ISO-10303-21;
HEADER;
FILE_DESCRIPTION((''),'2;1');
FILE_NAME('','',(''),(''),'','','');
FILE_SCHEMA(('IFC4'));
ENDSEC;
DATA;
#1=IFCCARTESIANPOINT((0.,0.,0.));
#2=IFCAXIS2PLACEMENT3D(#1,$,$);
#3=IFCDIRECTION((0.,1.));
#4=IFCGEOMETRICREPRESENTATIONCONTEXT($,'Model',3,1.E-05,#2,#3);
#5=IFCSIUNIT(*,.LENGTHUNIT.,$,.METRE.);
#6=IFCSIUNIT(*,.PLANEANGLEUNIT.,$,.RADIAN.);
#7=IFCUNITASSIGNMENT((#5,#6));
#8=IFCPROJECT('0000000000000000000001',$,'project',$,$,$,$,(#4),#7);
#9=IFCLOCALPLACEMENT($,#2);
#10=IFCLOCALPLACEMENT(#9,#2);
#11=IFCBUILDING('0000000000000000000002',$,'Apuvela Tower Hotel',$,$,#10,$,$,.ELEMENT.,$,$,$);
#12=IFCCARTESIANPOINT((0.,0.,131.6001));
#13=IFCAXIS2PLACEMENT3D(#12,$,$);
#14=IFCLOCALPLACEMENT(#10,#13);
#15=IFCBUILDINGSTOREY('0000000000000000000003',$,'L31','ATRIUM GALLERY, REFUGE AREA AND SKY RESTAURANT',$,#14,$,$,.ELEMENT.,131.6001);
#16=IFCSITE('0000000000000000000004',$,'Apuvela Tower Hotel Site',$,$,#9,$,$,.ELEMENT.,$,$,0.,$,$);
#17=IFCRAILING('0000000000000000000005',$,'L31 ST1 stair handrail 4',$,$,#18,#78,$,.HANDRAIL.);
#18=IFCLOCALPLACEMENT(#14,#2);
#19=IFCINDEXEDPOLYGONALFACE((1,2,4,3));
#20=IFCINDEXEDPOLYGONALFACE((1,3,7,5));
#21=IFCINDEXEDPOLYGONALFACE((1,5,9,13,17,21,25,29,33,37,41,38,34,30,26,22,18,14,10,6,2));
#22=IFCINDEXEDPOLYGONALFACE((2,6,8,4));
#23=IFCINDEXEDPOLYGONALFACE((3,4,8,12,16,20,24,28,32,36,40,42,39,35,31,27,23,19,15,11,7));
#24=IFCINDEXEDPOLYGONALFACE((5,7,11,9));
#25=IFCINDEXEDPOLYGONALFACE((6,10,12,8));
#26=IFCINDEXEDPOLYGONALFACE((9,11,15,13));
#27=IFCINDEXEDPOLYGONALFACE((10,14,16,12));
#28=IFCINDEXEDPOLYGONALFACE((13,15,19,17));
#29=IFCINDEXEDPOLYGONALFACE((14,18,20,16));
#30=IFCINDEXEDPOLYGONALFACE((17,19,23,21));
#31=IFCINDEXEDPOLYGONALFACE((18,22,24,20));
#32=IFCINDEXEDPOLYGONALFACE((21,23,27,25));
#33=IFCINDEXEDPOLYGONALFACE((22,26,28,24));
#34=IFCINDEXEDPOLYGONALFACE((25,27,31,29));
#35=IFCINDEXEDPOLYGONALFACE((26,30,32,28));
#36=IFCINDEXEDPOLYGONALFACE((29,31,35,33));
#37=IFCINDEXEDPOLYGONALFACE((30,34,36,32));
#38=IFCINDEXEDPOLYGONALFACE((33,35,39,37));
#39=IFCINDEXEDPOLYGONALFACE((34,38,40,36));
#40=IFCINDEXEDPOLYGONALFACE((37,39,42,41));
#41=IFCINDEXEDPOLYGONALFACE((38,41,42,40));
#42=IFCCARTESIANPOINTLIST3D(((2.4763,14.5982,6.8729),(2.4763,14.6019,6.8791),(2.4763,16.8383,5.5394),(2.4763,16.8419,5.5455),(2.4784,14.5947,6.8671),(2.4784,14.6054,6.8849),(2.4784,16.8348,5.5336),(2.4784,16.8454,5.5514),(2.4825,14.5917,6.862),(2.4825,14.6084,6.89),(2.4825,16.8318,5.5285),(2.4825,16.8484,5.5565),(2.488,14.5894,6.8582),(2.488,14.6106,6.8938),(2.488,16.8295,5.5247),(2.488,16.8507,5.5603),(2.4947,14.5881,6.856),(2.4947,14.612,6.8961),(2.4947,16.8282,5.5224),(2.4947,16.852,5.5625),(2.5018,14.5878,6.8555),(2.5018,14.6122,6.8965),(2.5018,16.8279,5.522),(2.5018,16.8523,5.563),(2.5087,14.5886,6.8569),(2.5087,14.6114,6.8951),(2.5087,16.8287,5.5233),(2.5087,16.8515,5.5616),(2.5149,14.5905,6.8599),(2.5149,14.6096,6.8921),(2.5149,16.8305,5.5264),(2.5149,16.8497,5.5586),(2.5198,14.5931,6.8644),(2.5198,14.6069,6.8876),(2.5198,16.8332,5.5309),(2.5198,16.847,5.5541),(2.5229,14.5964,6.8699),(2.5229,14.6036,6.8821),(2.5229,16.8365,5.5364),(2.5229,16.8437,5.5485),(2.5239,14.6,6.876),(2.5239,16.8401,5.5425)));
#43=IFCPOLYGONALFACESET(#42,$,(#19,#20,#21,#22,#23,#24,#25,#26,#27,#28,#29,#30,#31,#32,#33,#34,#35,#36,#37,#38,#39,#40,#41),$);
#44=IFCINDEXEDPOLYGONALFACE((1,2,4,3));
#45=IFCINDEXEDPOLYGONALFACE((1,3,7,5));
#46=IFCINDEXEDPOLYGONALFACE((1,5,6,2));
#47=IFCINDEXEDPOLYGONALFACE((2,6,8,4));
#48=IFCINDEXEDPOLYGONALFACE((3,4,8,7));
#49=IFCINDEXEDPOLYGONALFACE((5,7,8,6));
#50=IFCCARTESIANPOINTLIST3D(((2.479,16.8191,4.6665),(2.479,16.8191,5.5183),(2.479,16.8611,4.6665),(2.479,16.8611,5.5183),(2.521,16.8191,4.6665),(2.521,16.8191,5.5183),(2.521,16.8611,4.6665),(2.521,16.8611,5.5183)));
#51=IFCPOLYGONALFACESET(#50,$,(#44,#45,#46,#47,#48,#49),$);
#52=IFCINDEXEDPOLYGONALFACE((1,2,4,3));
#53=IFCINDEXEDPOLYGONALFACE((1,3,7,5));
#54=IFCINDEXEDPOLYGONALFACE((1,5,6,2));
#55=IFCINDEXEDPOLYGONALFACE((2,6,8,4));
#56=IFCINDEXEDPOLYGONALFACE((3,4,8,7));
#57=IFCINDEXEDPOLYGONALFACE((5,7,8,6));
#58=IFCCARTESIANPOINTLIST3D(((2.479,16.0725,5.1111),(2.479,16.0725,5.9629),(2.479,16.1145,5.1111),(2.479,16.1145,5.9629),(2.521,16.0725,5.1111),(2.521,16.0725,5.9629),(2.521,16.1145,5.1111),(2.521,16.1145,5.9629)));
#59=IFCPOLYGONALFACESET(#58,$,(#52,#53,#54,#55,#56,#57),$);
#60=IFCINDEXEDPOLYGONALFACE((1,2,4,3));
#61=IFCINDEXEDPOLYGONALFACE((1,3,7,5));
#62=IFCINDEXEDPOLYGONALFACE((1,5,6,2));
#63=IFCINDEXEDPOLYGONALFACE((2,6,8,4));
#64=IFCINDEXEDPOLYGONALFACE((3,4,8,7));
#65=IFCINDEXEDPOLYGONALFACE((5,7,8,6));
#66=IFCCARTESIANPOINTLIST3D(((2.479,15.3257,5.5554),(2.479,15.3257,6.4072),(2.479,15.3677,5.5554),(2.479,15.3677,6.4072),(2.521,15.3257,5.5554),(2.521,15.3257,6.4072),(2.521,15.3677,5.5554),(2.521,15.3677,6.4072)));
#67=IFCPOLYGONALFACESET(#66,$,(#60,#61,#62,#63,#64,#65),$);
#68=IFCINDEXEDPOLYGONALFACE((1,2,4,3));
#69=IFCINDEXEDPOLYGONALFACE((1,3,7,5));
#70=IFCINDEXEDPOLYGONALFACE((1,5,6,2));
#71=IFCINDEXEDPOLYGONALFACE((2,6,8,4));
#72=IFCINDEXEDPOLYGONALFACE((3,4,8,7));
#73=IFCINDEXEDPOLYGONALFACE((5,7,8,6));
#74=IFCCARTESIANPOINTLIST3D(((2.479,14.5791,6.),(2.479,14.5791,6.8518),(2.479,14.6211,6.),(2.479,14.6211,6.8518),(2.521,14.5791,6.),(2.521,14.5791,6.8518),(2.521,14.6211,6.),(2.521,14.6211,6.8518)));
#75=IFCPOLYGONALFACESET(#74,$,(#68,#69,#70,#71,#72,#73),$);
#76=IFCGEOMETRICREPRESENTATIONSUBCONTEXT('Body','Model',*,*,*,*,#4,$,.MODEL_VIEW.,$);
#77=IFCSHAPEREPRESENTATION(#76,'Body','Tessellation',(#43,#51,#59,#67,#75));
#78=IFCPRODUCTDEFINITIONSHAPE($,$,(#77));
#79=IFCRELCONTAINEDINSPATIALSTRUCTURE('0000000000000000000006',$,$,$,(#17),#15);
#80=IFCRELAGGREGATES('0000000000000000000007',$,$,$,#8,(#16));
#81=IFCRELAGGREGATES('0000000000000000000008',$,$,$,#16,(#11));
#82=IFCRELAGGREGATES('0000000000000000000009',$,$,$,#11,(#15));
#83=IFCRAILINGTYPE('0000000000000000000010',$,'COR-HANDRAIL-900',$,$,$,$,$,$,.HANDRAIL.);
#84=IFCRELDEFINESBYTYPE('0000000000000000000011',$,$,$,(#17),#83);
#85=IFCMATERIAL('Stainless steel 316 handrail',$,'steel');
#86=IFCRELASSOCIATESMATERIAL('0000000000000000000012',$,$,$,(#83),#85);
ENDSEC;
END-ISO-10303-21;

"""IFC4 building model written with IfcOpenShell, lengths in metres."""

from ifc_helpers import new_model, si_unit, direction, frame, origin, origin_2d, place, context, subcontext, project, spatial, rectangle, circle, extrude, material, type_object, element, save


model = new_model("IFC4")

# Units and contexts
model_context = context("Model", 3, precision=1e-05, world=origin(), true_north=direction((0.0, 1.0)))
body_context = subcontext(model_context, "Body", "Model", "MODEL_VIEW")
ifc_project = project(units=[si_unit("LENGTHUNIT", "METRE"), si_unit("PLANEANGLEUNIT", "RADIAN")], contexts=[model_context])

# Site, building, storey
site_placement = place(None, origin())
site = spatial("IfcSite", under=ifc_project, at=site_placement, Name="Apuvela Tower Hotel Site", CompositionType="ELEMENT", RefElevation=0.0)
building_placement = place(site_placement, origin())
building = spatial("IfcBuilding", under=site, at=building_placement, Name="Apuvela Tower Hotel", CompositionType="ELEMENT")
storey_placement = place(building_placement, frame((0.0, 0.0, 131.6001)))
storey = spatial("IfcBuildingStorey", under=building, at=storey_placement, Name="L31", Description="ATRIUM GALLERY, REFUGE AREA AND SKY RESTAURANT", CompositionType="ELEMENT", Elevation=131.6001)

# Railing
ifc_material_1 = material(Name="Stainless steel 316 handrail", Category="steel")
railing_type_1 = type_object("IfcRailingType", Name="COR-HANDRAIL-900", PredefinedType="HANDRAIL", material=ifc_material_1)
railing_1_placement = place(storey_placement, frame((2.5, 16.8401, 4.6665)))
element("IfcRailing", 1, at=railing_1_placement, inside=storey, type_object=railing_type_1, Name="L31 ST1 stair handrail 4", PredefinedType="HANDRAIL", context=body_context, shape_type="SweptSolid", body=[
    extrude(circle(Radius=0.0239, at=origin_2d()), frame((0.0, 0.0, 0.876), z_axis=(0.0, -0.859264, 0.511532), x_axis=(1.0, 0.0, 0.0)), (0.0, 0.0, 1.0), 2.6069),
    extrude(rectangle(XDim=0.042, YDim=0.042, at=origin_2d()), origin(), (0.0, 0.0, 1.0), 0.8518),
    extrude(rectangle(XDim=0.042, YDim=0.042, at=origin_2d()), frame((0.0, -0.7466, 0.4446)), (0.0, 0.0, 1.0), 0.8518),
    extrude(rectangle(XDim=0.042, YDim=0.042, at=origin_2d()), frame((0.0, -1.4934, 0.8889)), (0.0, 0.0, 1.0), 0.8518),
    extrude(rectangle(XDim=0.042, YDim=0.042, at=origin_2d()), frame((0.0, -2.24, 1.3335)), (0.0, 0.0, 1.0), 0.8518),
])

save(model, "model.ifc")
